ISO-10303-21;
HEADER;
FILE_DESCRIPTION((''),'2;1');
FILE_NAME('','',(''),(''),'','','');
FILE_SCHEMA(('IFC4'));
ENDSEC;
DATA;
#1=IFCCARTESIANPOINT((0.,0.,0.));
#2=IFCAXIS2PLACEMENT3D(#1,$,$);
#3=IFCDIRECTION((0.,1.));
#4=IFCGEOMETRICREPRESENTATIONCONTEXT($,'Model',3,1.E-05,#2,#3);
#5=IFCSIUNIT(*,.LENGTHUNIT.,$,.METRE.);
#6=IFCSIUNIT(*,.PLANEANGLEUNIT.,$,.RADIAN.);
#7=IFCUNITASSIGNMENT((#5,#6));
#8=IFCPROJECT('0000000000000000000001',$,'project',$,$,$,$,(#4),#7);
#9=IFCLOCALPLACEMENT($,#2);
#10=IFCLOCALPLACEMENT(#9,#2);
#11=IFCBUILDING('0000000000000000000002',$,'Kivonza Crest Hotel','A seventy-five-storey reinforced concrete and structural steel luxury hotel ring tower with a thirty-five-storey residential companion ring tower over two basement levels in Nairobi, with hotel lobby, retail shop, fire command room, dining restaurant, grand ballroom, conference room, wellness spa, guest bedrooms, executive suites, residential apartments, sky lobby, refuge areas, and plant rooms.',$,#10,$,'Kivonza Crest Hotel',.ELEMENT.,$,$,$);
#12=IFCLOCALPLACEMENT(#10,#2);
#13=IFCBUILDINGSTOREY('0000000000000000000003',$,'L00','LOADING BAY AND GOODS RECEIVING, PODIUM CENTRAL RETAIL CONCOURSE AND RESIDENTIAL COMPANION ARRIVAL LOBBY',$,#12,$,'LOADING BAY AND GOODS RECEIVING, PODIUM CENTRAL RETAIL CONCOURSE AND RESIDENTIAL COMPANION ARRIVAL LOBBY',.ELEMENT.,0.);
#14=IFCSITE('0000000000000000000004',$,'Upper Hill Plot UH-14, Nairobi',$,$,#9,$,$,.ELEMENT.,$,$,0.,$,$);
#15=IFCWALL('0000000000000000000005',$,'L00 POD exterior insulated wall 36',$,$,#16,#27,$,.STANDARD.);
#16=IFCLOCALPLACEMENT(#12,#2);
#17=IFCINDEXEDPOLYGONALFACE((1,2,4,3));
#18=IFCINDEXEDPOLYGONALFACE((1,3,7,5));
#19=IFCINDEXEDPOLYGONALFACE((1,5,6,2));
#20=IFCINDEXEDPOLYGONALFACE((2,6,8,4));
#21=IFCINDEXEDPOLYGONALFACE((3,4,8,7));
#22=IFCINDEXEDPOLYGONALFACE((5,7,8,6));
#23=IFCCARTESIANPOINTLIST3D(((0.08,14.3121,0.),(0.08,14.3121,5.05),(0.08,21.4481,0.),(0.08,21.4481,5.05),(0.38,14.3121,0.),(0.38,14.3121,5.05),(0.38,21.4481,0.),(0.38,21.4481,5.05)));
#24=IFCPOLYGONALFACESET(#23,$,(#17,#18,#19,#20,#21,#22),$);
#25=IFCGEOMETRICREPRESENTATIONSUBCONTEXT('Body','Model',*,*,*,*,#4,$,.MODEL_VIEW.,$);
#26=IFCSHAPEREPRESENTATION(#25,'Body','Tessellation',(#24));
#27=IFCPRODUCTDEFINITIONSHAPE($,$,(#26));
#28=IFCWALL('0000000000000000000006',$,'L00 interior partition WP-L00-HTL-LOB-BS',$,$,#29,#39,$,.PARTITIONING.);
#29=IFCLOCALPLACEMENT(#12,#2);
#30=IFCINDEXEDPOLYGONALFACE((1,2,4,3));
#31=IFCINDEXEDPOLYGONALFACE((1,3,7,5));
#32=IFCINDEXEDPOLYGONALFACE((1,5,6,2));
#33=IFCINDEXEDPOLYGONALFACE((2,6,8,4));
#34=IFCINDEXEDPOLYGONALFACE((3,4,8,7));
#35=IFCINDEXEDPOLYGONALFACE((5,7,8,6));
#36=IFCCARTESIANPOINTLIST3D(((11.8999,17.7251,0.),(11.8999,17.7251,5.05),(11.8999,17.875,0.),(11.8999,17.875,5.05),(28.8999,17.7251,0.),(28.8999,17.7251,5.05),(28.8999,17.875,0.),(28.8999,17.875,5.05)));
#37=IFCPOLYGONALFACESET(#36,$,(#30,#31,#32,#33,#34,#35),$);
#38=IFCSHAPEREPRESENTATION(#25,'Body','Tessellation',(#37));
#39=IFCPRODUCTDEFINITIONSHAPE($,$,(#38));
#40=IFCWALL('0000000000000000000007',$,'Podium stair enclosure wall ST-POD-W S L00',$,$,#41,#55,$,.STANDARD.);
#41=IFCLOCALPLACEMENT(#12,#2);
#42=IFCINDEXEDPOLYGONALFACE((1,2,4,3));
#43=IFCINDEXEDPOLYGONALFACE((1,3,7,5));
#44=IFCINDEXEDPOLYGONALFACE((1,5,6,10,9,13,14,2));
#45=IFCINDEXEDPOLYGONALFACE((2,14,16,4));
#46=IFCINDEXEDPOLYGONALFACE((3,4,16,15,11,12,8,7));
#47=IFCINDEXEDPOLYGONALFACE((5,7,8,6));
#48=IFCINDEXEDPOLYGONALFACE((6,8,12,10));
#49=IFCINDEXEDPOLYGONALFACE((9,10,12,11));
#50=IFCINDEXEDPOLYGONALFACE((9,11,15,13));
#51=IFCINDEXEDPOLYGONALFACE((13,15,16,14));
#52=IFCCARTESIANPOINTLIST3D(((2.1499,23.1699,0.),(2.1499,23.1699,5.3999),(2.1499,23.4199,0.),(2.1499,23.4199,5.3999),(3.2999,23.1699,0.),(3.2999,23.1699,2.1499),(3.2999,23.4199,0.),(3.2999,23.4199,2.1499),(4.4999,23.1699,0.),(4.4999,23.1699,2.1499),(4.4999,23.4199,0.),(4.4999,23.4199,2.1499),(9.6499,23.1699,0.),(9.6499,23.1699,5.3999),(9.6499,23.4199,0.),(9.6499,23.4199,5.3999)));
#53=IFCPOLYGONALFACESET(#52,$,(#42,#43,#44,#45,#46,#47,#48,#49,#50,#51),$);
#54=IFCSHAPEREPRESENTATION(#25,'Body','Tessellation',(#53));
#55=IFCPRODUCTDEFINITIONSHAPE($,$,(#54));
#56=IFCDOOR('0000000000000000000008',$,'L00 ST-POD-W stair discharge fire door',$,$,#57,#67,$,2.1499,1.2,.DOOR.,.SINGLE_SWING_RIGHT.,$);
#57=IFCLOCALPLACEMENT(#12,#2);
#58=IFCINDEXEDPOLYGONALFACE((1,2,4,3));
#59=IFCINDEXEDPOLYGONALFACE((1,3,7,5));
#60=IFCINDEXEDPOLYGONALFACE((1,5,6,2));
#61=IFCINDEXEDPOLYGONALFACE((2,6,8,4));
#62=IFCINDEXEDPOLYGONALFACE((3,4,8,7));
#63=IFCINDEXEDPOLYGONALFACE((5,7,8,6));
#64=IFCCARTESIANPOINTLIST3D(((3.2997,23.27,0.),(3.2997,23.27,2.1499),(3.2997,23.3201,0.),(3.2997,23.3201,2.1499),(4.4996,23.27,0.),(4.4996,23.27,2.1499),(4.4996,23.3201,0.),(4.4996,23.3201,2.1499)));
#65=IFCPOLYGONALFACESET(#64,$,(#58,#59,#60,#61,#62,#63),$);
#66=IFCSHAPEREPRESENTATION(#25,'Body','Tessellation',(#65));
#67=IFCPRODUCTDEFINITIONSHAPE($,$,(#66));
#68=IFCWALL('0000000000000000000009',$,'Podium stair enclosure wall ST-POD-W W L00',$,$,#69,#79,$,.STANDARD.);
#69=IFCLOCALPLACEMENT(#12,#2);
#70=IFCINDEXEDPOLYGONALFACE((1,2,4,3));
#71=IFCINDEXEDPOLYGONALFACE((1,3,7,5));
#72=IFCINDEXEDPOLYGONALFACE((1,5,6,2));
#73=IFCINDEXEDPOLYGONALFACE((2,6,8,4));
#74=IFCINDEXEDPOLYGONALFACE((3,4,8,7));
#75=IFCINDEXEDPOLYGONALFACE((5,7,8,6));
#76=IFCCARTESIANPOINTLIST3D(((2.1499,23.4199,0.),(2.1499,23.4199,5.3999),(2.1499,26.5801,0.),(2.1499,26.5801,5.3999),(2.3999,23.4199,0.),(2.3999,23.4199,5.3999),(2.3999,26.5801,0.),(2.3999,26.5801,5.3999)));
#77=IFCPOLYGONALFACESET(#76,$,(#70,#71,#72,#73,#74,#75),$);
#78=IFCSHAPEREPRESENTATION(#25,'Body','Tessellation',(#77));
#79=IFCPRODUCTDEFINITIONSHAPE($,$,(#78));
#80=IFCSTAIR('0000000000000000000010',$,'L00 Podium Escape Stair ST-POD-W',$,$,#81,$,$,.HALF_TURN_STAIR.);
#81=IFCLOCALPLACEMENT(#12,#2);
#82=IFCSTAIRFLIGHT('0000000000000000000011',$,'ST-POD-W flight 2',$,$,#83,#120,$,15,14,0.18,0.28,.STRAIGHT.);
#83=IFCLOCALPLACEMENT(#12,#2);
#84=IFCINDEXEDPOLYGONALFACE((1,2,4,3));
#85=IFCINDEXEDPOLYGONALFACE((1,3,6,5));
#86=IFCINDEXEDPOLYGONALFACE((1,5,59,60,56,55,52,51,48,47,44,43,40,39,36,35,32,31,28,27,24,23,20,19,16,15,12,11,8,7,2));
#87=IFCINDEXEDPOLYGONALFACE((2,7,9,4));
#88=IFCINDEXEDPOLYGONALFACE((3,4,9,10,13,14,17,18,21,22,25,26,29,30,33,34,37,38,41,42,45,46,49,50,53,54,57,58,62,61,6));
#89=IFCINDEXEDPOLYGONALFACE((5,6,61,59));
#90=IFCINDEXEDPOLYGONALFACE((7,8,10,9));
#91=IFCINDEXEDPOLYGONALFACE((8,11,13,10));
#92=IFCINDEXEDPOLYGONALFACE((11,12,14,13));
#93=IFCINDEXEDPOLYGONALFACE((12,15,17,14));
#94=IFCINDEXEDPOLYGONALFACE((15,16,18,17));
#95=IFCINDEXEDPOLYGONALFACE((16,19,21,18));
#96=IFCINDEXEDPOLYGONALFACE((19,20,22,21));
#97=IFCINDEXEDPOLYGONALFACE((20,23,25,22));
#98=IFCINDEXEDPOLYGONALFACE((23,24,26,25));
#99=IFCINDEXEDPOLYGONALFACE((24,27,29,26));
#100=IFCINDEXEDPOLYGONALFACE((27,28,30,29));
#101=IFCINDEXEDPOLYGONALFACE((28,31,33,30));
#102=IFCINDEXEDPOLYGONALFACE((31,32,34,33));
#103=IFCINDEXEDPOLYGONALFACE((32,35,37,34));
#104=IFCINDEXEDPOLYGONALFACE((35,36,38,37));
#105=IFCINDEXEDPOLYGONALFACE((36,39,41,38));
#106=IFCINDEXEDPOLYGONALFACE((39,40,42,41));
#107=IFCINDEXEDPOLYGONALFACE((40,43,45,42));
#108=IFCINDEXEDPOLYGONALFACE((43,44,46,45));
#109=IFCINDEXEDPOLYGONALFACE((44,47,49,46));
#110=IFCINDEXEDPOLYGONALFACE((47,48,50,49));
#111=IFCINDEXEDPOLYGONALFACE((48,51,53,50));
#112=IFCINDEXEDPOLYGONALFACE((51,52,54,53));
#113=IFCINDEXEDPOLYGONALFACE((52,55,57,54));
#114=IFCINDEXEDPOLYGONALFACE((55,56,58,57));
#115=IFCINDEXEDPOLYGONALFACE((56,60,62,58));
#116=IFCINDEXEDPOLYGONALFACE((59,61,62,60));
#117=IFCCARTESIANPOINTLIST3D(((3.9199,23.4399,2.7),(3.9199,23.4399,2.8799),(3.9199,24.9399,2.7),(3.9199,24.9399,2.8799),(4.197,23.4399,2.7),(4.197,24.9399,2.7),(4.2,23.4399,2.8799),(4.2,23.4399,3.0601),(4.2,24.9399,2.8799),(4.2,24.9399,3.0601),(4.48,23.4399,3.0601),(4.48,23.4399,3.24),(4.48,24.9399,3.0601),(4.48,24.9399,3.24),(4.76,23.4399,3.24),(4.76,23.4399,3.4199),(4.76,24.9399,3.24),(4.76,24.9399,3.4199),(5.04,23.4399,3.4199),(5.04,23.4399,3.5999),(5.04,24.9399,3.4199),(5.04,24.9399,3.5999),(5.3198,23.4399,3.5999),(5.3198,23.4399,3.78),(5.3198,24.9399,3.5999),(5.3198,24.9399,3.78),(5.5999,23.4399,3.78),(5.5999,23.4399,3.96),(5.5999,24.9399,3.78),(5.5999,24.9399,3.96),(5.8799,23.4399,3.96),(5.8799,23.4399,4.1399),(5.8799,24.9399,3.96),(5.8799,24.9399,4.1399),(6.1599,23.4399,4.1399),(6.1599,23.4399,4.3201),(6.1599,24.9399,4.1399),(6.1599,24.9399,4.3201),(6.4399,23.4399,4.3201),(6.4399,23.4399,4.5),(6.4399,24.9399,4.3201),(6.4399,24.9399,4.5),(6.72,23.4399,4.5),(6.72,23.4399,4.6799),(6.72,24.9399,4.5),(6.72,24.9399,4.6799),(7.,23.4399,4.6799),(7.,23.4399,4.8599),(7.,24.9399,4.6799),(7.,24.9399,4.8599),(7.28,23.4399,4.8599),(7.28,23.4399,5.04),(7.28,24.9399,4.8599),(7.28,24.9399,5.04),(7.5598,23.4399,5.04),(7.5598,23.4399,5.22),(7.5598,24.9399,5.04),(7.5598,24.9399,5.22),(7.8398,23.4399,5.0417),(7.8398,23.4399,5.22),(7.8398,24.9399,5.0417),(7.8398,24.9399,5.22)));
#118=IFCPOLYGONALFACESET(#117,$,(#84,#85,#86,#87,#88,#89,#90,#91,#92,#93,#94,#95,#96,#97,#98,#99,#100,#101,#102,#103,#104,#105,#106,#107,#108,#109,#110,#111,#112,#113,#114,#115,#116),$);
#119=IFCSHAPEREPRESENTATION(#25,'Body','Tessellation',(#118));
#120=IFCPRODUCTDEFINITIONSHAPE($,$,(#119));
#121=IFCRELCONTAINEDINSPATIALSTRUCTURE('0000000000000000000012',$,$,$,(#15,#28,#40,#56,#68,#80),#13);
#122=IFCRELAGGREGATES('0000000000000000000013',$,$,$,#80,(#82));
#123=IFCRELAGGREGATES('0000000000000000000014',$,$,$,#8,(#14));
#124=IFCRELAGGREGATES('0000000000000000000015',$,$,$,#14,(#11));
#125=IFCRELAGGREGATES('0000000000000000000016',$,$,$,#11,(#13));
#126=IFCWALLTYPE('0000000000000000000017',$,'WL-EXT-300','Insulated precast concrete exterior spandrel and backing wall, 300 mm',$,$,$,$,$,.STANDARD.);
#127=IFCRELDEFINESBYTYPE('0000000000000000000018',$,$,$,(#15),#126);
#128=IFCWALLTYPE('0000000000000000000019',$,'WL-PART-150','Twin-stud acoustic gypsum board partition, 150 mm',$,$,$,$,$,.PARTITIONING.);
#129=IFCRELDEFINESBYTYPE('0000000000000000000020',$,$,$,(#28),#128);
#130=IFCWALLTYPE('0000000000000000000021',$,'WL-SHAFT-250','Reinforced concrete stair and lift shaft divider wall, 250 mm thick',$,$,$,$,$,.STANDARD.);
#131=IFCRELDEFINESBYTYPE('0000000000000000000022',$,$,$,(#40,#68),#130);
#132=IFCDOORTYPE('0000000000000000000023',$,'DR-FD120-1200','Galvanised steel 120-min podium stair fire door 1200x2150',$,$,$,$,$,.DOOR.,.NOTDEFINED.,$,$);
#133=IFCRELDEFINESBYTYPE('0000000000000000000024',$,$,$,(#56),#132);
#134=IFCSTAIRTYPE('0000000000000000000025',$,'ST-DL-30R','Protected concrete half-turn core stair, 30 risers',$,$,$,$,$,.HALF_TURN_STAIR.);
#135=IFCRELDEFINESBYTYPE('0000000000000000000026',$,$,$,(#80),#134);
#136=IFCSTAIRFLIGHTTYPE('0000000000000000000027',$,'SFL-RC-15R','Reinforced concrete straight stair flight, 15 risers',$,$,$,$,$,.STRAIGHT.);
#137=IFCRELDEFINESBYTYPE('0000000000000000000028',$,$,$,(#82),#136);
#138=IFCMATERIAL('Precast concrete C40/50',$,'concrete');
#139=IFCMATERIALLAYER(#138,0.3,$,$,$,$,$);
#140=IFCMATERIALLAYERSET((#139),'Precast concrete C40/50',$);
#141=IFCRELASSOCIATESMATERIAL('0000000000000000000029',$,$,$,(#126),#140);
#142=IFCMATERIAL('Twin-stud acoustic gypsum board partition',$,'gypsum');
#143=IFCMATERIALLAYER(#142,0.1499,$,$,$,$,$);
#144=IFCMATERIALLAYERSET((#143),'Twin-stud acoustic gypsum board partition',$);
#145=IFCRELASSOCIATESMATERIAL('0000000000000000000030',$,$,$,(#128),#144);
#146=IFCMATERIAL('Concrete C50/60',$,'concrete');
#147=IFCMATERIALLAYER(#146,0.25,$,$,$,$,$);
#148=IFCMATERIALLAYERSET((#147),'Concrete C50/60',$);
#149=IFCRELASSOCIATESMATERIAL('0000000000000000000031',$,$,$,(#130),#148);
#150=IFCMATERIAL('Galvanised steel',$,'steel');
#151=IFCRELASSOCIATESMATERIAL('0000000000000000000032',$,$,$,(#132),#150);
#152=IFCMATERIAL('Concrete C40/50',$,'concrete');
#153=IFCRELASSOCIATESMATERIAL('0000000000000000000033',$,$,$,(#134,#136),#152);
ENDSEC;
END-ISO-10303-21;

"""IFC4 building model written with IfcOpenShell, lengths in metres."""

from ifc_helpers import new_model, si_unit, direction, frame, frame_2d, origin, place, context, subcontext, project, spatial, polyline, rectangle, outline, extrude, material, layer, layer_set, type_object, element, fill, aggregate, save


model = new_model("IFC4")

# Units and contexts
model_context = context("Model", 3, precision=1e-05, world=origin(), true_north=direction((0.0, 1.0)))
body_context = subcontext(model_context, "Body", "Model", "MODEL_VIEW")
ifc_project = project(units=[si_unit("LENGTHUNIT", "METRE"), si_unit("PLANEANGLEUNIT", "RADIAN")], contexts=[model_context])

# Site, building, storey
site_placement = place(None, origin())
site = spatial("IfcSite", under=ifc_project, at=site_placement, Name="Upper Hill Plot UH-14, Nairobi", CompositionType="ELEMENT", RefElevation=0.0)
building_placement = place(site_placement, origin())
building = spatial("IfcBuilding", under=site, at=building_placement, Name="Kivonza Crest Hotel", Description="A seventy-five-storey reinforced concrete and structural steel luxury hotel ring tower with a thirty-five-storey residential companion ring tower over two basement levels in Nairobi, with hotel lobby, retail shop, fire command room, dining restaurant, grand ballroom, conference room, wellness spa, guest bedrooms, executive suites, residential apartments, sky lobby, refuge areas, and plant rooms.", LongName="Kivonza Crest Hotel", CompositionType="ELEMENT")
storey_placement = place(building_placement, origin())
storey = spatial("IfcBuildingStorey", under=building, at=storey_placement, Name="L00", Description="LOADING BAY AND GOODS RECEIVING, PODIUM CENTRAL RETAIL CONCOURSE AND RESIDENTIAL COMPANION ARRIVAL LOBBY", LongName="LOADING BAY AND GOODS RECEIVING, PODIUM CENTRAL RETAIL CONCOURSE AND RESIDENTIAL COMPANION ARRIVAL LOBBY", CompositionType="ELEMENT", Elevation=0.0)

# Walls
ifc_material_1 = material(Name="Precast concrete C40/50", Category="concrete")
ifc_layer_1 = layer(ifc_material_1, 0.3)
ifc_layer_set_1 = layer_set([ifc_layer_1], Name="Precast concrete C40/50")
wall_type_1 = type_object("IfcWallType", Name="WL-EXT-300", Description="Insulated precast concrete exterior spandrel and backing wall, 300 mm", PredefinedType="STANDARD", material=ifc_layer_set_1)
wall_1_placement = place(storey_placement, frame((0.23, 21.448, 0.0), z_axis=(0.0, 0.0, 1.0), x_axis=(0.0, -1.0, 0.0)))
element("IfcWall", 1, at=wall_1_placement, inside=storey, type_object=wall_type_1, Name="L00 POD exterior insulated wall 36", PredefinedType="STANDARD", context=body_context, shape_type="SweptSolid", body=[
    extrude(rectangle(XDim=7.136, YDim=0.3, at=frame_2d((3.5679, 0.0))), origin(), (0.0, 0.0, 1.0), 5.05),
])
ifc_material_2 = material(Name="Twin-stud acoustic gypsum board partition", Category="gypsum")
ifc_layer_2 = layer(ifc_material_2, 0.1499)
ifc_layer_set_2 = layer_set([ifc_layer_2], Name="Twin-stud acoustic gypsum board partition")
wall_type_2 = type_object("IfcWallType", Name="WL-PART-150", Description="Twin-stud acoustic gypsum board partition, 150 mm", PredefinedType="PARTITIONING", material=ifc_layer_set_2)
wall_2_placement = place(storey_placement, frame((11.8999, 17.8, 0.0), z_axis=(0.0, 0.0, 1.0), x_axis=(1.0, 0.0, 0.0)))
element("IfcWall", 2, at=wall_2_placement, inside=storey, type_object=wall_type_2, Name="L00 interior partition WP-L00-HTL-LOB-BS", PredefinedType="PARTITIONING", context=body_context, shape_type="SweptSolid", body=[
    extrude(rectangle(XDim=17.0, YDim=0.1499, at=frame_2d((8.5, 0.0))), origin(), (0.0, 0.0, 1.0), 5.05),
])

# Wall, opening, door
ifc_material_3 = material(Name="Concrete C50/60", Category="concrete")
ifc_layer_3 = layer(ifc_material_3, 0.25)
ifc_layer_set_3 = layer_set([ifc_layer_3], Name="Concrete C50/60")
wall_type_3 = type_object("IfcWallType", Name="WL-SHAFT-250", Description="Reinforced concrete stair and lift shaft divider wall, 250 mm thick", PredefinedType="STANDARD", material=ifc_layer_set_3)
wall_3_placement = place(storey_placement, frame((2.1499, 23.2949, 0.0), z_axis=(0.0, 0.0, 1.0), x_axis=(1.0, 0.0, 0.0)))
wall_3 = element("IfcWall", 3, at=wall_3_placement, inside=storey, type_object=wall_type_3, Name="Podium stair enclosure wall ST-POD-W S L00", PredefinedType="STANDARD", context=body_context, shape_type="SweptSolid", body=[
    extrude(rectangle(XDim=7.5, YDim=0.25, at=frame_2d((3.75, 0.0))), origin(), (0.0, 0.0, 1.0), 5.3999),
])
opening_1_placement = place(wall_3_placement, frame((1.1499, 0.0, 0.0)))
opening_1 = element("IfcOpeningElement", 4, at=opening_1_placement, cuts=wall_3, PredefinedType="OPENING", context=body_context, shape_type="SweptSolid", body=[
    extrude(rectangle(XDim=1.2, YDim=2.1499, at=frame_2d((0.6001, 1.075))), frame((0.0, 0.135, 0.0), z_axis=(0.0, -1.0, 0.0), x_axis=(1.0, 0.0, 0.0)), (0.0, 0.0, 1.0), 0.27),
])
ifc_material_4 = material(Name="Galvanised steel", Category="steel")
door_type_1 = type_object("IfcDoorType", Name="DR-FD120-1200", Description="Galvanised steel 120-min podium stair fire door 1200x2150", OperationType="NOTDEFINED", PredefinedType="DOOR", material=ifc_material_4)
door_1_placement = place(opening_1_placement, frame((1.2, 0.0, 0.0), z_axis=(0.0, 0.0, 1.0), x_axis=(-1.0, 0.0, 0.0)))
door_1 = element("IfcDoor", 5, at=door_1_placement, inside=storey, type_object=door_type_1, Name="L00 ST-POD-W stair discharge fire door", OperationType="SINGLE_SWING_RIGHT", OverallHeight=2.1499, OverallWidth=1.2, PredefinedType="DOOR", context=body_context, shape_type="SweptSolid", body=[
    extrude(rectangle(XDim=1.2, YDim=2.1499, at=frame_2d((0.6001, 1.075))), frame((0.0, 0.0249, 0.0), z_axis=(0.0, -1.0, 0.0), x_axis=(1.0, 0.0, 0.0)), (0.0, 0.0, 1.0), 0.05),
])
fill(opening_1, door_1)

# Wall
wall_4_placement = place(storey_placement, frame((2.2749, 23.4199, 0.0), z_axis=(0.0, 0.0, 1.0), x_axis=(0.0, 1.0, 0.0)))
element("IfcWall", 6, at=wall_4_placement, inside=storey, type_object=wall_type_3, Name="Podium stair enclosure wall ST-POD-W W L00", PredefinedType="STANDARD", context=body_context, shape_type="SweptSolid", body=[
    extrude(rectangle(XDim=3.1602, YDim=0.25, at=frame_2d((1.5801, 0.0))), origin(), (0.0, 0.0, 1.0), 5.3999),
])

# Stair, stair flight
ifc_material_5 = material(Name="Concrete C40/50", Category="concrete")
stair_type = type_object("IfcStairType", Name="ST-DL-30R", Description="Protected concrete half-turn core stair, 30 risers", PredefinedType="HALF_TURN_STAIR", material=ifc_material_5)
stair_placement = place(storey_placement, origin())
stair = element("IfcStair", 7, at=stair_placement, inside=storey, type_object=stair_type, Name="L00 Podium Escape Stair ST-POD-W", PredefinedType="HALF_TURN_STAIR")
stair_flight_type = type_object("IfcStairFlightType", Name="SFL-RC-15R", Description="Reinforced concrete straight stair flight, 15 risers", PredefinedType="STRAIGHT", material=ifc_material_5)
stair_flight_placement = place(storey_placement, frame((3.9199, 24.1899, 2.7), z_axis=(0.0, 0.0, 1.0), x_axis=(1.0, 0.0, 0.0)))
stair_flight = element("IfcStairFlight", 8, at=stair_flight_placement, type_object=stair_flight_type, Name="ST-POD-W flight 2", NumberOfRisers=15, NumberOfTreads=14, PredefinedType="STRAIGHT", RiserHeight=0.18, TreadLength=0.28, context=body_context, shape_type="SweptSolid", body=[
    extrude(outline(polyline([(0.0, 0.0), (0.0, 0.1799), (0.28, 0.1799), (0.28, 0.3601), (0.5601, 0.3601), (0.5601, 0.54), (0.8401, 0.54), (0.8401, 0.72), (1.1201, 0.72), (1.1201, 0.8999), (1.3999, 0.8999), (1.3999, 1.0801), (1.6799, 1.0801), (1.6799, 1.26), (1.96, 1.26), (1.96, 1.4399), (2.24, 1.4399), (2.24, 1.6201), (2.52, 1.6201), (2.52, 1.8), (2.8, 1.8), (2.8, 1.98), (3.0801, 1.98), (3.0801, 2.1599), (3.3601, 2.1599), (3.3601, 2.3401), (3.6399, 2.3401), (3.6399, 2.52), (3.9199, 2.52), (3.9199, 2.7), (3.9199, 2.3418), (0.2771, 0.0), (0.0, 0.0)])), frame((0.0, 0.75, 0.0), z_axis=(0.0, -1.0, 0.0), x_axis=(1.0, 0.0, 0.0)), (0.0, 0.0, 1.0), 1.5),
])
aggregate(stair, [stair_flight])

save(model, "model.ifc")
